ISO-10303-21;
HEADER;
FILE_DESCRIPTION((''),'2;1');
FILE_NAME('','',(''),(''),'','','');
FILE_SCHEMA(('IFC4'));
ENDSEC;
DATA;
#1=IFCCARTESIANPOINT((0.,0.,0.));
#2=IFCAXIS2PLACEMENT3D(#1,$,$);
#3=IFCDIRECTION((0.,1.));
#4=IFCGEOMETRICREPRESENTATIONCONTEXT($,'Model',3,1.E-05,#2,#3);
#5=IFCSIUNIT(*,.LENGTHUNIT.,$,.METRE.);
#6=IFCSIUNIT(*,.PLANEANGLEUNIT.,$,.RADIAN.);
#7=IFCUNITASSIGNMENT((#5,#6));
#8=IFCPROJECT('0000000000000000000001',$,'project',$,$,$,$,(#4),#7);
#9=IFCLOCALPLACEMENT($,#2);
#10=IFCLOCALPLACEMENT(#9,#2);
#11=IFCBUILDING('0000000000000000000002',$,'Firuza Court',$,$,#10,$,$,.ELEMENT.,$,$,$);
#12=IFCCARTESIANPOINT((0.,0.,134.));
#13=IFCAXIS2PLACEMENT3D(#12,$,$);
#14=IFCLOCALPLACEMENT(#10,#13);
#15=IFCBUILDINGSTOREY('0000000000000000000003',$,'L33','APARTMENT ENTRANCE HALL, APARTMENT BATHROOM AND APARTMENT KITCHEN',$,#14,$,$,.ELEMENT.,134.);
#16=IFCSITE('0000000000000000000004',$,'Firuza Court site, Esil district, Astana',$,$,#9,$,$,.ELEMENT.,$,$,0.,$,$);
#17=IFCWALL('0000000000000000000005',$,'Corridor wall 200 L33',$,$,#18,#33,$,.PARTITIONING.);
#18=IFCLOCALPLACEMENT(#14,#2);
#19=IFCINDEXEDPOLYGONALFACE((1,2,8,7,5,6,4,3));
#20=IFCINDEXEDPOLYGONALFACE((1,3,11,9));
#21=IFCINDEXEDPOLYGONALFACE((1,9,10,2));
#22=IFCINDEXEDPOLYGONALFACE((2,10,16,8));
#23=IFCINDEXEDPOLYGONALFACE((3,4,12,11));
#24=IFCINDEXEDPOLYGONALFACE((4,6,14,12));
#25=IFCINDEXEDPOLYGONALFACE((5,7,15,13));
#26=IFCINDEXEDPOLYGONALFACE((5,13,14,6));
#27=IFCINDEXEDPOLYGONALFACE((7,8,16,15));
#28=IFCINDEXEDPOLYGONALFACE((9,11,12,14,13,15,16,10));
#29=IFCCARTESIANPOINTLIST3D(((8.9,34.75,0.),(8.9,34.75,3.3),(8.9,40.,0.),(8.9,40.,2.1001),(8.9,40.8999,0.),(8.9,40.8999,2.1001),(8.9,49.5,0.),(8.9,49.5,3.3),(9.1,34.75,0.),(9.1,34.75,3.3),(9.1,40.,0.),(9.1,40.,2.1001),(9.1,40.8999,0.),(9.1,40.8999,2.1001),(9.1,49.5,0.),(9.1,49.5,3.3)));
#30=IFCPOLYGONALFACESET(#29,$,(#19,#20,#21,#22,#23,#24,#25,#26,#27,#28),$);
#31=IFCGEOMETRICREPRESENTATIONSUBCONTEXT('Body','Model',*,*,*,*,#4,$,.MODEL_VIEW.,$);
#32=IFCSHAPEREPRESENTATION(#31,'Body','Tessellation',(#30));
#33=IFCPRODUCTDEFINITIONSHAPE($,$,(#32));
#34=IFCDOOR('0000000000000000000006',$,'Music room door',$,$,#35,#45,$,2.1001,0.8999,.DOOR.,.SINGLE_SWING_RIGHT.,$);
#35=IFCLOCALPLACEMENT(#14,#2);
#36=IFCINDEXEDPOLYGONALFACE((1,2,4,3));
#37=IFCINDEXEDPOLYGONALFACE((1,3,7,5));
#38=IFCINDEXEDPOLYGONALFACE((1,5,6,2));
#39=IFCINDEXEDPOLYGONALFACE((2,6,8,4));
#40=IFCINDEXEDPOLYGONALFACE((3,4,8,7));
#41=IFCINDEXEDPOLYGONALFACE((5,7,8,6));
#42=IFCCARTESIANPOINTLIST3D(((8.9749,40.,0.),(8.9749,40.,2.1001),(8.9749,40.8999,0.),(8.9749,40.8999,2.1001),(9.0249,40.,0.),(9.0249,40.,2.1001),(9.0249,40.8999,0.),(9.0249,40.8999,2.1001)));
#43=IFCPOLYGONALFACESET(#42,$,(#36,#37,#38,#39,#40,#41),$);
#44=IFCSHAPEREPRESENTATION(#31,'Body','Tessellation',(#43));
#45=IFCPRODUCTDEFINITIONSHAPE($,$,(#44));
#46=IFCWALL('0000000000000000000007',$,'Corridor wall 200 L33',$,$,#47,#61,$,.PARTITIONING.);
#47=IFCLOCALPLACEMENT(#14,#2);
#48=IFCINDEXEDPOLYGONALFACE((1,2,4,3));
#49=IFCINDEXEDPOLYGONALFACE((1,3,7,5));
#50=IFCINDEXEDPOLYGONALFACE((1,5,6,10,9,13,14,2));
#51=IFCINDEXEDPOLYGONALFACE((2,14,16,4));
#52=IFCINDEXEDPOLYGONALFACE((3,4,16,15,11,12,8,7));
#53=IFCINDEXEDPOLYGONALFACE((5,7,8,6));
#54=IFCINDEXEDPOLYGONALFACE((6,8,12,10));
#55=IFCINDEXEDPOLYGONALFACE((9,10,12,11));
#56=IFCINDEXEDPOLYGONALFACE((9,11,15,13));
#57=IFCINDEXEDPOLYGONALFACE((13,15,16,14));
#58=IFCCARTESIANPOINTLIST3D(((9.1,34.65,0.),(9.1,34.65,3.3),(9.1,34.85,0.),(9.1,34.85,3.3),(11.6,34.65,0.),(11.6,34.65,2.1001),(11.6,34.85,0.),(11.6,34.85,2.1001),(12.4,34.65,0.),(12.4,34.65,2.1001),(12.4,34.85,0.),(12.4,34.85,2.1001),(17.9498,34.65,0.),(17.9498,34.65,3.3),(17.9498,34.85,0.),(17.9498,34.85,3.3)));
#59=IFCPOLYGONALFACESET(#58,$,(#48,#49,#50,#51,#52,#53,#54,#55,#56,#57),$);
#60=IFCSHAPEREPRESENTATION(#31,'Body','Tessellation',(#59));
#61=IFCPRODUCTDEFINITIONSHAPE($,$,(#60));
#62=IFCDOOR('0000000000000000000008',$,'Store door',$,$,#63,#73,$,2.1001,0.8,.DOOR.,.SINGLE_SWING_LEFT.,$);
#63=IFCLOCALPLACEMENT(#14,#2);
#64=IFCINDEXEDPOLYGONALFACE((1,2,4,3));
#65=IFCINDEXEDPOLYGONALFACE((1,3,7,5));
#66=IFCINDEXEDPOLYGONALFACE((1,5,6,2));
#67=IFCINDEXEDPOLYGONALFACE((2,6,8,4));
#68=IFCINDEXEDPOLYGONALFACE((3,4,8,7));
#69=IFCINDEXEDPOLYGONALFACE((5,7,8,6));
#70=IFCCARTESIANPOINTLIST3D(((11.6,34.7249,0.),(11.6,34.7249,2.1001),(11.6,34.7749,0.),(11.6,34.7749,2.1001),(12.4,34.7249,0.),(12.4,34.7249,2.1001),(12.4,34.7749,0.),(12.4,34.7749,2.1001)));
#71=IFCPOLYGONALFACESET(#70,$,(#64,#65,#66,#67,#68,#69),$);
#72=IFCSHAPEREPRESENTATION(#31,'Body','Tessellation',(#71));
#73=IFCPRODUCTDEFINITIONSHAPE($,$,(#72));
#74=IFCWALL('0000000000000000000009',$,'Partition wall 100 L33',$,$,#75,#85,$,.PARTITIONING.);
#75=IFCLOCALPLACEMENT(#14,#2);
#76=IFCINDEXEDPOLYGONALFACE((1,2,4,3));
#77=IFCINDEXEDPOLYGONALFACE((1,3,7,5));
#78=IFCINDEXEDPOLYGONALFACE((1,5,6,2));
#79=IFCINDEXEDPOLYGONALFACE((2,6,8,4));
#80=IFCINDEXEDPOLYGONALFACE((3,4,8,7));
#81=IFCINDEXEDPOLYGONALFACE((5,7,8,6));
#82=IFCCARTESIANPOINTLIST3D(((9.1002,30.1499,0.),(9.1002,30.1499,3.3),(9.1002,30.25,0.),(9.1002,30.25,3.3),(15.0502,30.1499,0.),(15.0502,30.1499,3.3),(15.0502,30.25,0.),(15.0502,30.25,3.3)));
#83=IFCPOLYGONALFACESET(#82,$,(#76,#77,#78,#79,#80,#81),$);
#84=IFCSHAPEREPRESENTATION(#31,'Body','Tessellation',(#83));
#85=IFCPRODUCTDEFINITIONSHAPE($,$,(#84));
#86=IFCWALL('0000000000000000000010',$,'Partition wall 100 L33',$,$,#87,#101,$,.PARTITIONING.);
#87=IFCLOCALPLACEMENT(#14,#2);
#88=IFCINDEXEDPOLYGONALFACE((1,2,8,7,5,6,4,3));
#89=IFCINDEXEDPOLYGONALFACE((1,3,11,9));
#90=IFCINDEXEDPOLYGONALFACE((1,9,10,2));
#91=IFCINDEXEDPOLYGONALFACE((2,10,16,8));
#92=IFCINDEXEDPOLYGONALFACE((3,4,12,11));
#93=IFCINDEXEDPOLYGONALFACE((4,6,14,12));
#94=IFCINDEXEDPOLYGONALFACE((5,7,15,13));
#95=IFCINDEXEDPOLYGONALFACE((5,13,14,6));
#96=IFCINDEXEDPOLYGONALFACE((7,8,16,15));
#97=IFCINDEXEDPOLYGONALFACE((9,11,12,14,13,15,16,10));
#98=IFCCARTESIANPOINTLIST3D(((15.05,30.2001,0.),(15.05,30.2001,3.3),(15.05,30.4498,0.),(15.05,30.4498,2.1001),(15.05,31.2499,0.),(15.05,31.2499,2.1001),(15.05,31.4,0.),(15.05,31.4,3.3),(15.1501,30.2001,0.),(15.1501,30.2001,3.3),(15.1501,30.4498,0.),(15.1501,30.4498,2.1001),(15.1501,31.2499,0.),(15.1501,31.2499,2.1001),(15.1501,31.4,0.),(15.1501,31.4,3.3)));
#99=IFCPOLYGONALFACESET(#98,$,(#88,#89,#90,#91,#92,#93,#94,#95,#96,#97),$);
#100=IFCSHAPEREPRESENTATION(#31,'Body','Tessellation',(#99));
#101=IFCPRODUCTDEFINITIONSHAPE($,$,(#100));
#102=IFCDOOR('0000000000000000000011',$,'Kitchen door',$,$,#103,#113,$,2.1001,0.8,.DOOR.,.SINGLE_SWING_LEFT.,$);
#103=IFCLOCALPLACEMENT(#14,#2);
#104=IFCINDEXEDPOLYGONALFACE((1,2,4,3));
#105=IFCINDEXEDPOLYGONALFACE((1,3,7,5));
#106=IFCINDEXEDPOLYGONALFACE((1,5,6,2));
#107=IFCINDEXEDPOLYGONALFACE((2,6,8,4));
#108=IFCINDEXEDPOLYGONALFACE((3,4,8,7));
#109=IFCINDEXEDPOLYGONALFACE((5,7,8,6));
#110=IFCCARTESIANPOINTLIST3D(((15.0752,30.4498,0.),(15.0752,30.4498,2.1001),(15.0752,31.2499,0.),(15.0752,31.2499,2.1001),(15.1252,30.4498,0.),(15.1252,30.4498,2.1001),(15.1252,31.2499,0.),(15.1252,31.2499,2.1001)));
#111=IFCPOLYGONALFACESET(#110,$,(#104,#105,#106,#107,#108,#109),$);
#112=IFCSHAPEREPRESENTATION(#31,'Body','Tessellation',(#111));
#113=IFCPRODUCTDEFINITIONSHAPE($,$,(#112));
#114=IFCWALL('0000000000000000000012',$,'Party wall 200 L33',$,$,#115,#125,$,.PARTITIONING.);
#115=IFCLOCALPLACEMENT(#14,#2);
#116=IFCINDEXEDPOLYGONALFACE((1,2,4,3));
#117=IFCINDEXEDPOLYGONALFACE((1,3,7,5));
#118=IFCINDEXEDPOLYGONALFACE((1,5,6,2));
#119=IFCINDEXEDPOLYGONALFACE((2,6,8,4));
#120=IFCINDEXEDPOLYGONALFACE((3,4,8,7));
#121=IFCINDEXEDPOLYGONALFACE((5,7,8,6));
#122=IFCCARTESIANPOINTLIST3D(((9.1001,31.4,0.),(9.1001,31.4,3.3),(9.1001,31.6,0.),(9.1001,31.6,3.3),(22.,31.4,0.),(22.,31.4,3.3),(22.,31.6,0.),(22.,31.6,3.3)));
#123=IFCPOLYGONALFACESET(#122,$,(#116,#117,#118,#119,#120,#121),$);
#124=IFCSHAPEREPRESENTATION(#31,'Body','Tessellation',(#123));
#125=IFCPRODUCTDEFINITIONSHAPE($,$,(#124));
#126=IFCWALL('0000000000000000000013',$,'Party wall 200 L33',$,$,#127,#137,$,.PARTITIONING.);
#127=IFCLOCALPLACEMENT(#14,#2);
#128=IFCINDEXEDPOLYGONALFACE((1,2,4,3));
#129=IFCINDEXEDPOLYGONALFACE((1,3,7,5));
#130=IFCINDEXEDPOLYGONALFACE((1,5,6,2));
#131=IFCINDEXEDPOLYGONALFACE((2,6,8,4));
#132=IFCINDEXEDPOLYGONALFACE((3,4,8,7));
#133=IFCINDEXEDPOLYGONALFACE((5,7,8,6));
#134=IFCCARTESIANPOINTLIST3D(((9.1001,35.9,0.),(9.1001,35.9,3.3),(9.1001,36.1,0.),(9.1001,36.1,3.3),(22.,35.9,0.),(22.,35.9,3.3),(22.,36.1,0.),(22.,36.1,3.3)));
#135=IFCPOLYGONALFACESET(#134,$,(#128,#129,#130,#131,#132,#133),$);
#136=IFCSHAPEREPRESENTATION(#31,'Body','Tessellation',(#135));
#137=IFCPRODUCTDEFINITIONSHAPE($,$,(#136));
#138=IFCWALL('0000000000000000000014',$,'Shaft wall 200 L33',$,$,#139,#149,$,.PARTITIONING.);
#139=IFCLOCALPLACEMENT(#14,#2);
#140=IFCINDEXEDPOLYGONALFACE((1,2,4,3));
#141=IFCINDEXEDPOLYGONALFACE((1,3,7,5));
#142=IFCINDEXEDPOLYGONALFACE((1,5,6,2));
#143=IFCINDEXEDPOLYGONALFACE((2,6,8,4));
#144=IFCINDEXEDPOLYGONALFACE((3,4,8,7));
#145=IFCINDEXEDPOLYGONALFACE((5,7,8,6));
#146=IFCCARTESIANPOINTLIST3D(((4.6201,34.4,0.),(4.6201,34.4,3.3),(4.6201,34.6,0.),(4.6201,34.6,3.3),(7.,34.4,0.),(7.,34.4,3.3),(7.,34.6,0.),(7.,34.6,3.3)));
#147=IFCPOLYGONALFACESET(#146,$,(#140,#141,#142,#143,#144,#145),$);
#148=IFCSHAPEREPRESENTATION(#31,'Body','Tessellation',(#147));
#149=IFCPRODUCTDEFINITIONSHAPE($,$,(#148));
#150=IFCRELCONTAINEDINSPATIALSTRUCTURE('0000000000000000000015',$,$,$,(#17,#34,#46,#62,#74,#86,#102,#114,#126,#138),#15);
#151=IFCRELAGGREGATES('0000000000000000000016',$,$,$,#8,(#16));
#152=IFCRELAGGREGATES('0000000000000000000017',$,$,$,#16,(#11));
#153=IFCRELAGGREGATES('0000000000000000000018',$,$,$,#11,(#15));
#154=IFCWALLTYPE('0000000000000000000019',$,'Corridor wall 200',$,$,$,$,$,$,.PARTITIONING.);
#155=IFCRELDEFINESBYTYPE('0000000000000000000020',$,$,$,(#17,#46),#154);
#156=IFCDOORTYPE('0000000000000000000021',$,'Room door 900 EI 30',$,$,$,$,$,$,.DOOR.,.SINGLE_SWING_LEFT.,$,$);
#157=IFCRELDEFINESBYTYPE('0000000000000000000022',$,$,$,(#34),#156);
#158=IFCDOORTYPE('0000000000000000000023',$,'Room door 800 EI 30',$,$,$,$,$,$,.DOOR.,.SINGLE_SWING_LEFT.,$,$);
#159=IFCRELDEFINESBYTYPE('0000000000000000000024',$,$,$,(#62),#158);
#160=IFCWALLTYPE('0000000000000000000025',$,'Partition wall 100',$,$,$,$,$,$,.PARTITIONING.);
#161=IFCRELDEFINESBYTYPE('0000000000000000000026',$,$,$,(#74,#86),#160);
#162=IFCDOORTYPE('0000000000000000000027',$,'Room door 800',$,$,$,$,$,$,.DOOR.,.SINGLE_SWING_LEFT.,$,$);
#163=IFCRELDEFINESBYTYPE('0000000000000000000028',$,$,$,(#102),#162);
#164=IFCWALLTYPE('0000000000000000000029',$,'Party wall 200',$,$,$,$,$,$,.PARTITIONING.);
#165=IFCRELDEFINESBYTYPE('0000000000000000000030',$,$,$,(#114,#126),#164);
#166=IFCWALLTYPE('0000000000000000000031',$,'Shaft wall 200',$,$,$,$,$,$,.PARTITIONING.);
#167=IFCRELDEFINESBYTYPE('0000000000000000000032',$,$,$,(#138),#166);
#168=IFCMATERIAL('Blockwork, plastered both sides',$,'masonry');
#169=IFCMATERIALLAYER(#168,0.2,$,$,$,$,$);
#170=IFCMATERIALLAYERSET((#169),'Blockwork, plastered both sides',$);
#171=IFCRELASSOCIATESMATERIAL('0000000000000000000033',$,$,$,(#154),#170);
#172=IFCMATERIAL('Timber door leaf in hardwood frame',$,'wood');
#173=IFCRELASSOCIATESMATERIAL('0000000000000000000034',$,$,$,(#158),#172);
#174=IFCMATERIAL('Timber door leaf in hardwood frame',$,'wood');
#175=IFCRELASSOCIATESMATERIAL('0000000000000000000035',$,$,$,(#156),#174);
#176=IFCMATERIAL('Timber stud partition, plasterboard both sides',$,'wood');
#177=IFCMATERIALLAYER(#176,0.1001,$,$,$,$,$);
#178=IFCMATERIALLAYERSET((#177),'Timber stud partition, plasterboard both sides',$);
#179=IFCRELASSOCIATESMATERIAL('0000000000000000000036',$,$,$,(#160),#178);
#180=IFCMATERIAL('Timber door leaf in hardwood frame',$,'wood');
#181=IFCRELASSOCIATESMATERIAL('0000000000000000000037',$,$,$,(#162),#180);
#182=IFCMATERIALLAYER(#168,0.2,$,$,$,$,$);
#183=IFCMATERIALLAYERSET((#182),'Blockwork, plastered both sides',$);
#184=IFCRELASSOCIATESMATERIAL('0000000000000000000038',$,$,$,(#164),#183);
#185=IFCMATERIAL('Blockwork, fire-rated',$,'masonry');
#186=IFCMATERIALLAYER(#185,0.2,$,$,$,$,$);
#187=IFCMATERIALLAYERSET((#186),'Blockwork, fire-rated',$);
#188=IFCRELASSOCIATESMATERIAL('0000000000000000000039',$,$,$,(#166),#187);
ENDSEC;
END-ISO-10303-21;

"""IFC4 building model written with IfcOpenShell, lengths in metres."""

from ifc_helpers import new_model, si_unit, direction, frame, frame_2d, origin, place, context, subcontext, project, spatial, rectangle, extrude, material, layer, layer_set, type_object, element, fill, save


model = new_model("IFC4")

# Units and contexts
model_context = context("Model", 3, precision=1e-05, world=origin(), true_north=direction((0.0, 1.0)))
body_context = subcontext(model_context, "Body", "Model", "MODEL_VIEW")
ifc_project = project(units=[si_unit("LENGTHUNIT", "METRE"), si_unit("PLANEANGLEUNIT", "RADIAN")], contexts=[model_context])

# Site, building, storey
site_placement = place(None, origin())
site = spatial("IfcSite", under=ifc_project, at=site_placement, Name="Firuza Court site, Esil district, Astana", CompositionType="ELEMENT", RefElevation=0.0)
building_placement = place(site_placement, origin())
building = spatial("IfcBuilding", under=site, at=building_placement, Name="Firuza Court", CompositionType="ELEMENT")
storey_placement = place(building_placement, frame((0.0, 0.0, 134.0)))
storey = spatial("IfcBuildingStorey", under=building, at=storey_placement, Name="L33", Description="APARTMENT ENTRANCE HALL, APARTMENT BATHROOM AND APARTMENT KITCHEN", CompositionType="ELEMENT", Elevation=134.0)

# Walls, openings, doors
ifc_material_1 = material(Name="Blockwork, plastered both sides", Category="masonry")
ifc_layer_1 = layer(ifc_material_1, 0.2)
ifc_layer_set_1 = layer_set([ifc_layer_1], Name="Blockwork, plastered both sides")
wall_type_1 = type_object("IfcWallType", Name="Corridor wall 200", PredefinedType="PARTITIONING", material=ifc_layer_set_1)
ifc_material_2 = material(Name="Timber door leaf in hardwood frame", Category="wood")
door_type_1 = type_object("IfcDoorType", Name="Room door 800 EI 30", OperationType="SINGLE_SWING_LEFT", PredefinedType="DOOR", material=ifc_material_2)
wall_1_placement = place(storey_placement, frame((9.0, 34.75, 0.0), z_axis=(0.0, 0.0, 1.0), x_axis=(0.0, 1.0, 0.0)))
wall_1 = element("IfcWall", 1, at=wall_1_placement, inside=storey, type_object=wall_type_1, Name="Corridor wall 200 L33", PredefinedType="PARTITIONING", context=body_context, shape_type="SweptSolid", body=[
    extrude(rectangle(XDim=14.75, YDim=0.2, at=frame_2d((7.375, 0.0))), origin(), (0.0, 0.0, 1.0), 3.3),
])
opening_1_placement = place(wall_1_placement, frame((5.25, 0.0, 0.0)))
opening_1 = element("IfcOpeningElement", 2, at=opening_1_placement, cuts=wall_1, PredefinedType="OPENING", context=body_context, shape_type="SweptSolid", body=[
    extrude(rectangle(XDim=0.8999, YDim=2.1001, at=frame_2d((0.45, 1.05))), frame((0.0, 0.1118, 0.0), z_axis=(0.0, -1.0, 0.0), x_axis=(1.0, 0.0, 0.0)), (0.0, 0.0, 1.0), 0.2239),
])
ifc_material_3 = material(Name="Timber door leaf in hardwood frame", Category="wood")
door_type_2 = type_object("IfcDoorType", Name="Room door 900 EI 30", OperationType="SINGLE_SWING_LEFT", PredefinedType="DOOR", material=ifc_material_3)
door_1_placement = place(opening_1_placement, frame((0.8999, 0.0, 0.0), z_axis=(0.0, 0.0, 1.0), x_axis=(-1.0, 0.0, 0.0)))
door_1 = element("IfcDoor", 3, at=door_1_placement, inside=storey, type_object=door_type_2, Name="Music room door", OperationType="SINGLE_SWING_RIGHT", OverallHeight=2.1001, OverallWidth=0.8999, PredefinedType="DOOR", context=body_context, shape_type="SweptSolid", body=[
    extrude(rectangle(XDim=0.8999, YDim=2.1001, at=frame_2d((0.45, 1.05))), frame((0.0, 0.0249, 0.0), z_axis=(0.0, -1.0, 0.0), x_axis=(1.0, 0.0, 0.0)), (0.0, 0.0, 1.0), 0.05),
])
fill(opening_1, door_1)
wall_2_placement = place(storey_placement, frame((9.1001, 34.75, 0.0), z_axis=(0.0, 0.0, 1.0), x_axis=(1.0, 0.0, 0.0)))
wall_2 = element("IfcWall", 4, at=wall_2_placement, inside=storey, type_object=wall_type_1, Name="Corridor wall 200 L33", PredefinedType="PARTITIONING", context=body_context, shape_type="SweptSolid", body=[
    extrude(rectangle(XDim=8.8499, YDim=0.2, at=frame_2d((4.4248, 0.0))), origin(), (0.0, 0.0, 1.0), 3.3),
])
opening_2_placement = place(wall_2_placement, frame((2.5, 0.0, 0.0)))
opening_2 = element("IfcOpeningElement", 5, at=opening_2_placement, cuts=wall_2, PredefinedType="OPENING", context=body_context, shape_type="SweptSolid", body=[
    extrude(rectangle(XDim=0.8, YDim=2.1001, at=frame_2d((0.3999, 1.05))), frame((0.0, 0.1118, 0.0), z_axis=(0.0, -1.0, 0.0), x_axis=(1.0, 0.0, 0.0)), (0.0, 0.0, 1.0), 0.2239),
])
door_2_placement = place(opening_2_placement, origin())
door_2 = element("IfcDoor", 6, at=door_2_placement, inside=storey, type_object=door_type_1, Name="Store door", OperationType="SINGLE_SWING_LEFT", OverallHeight=2.1001, OverallWidth=0.8, PredefinedType="DOOR", context=body_context, shape_type="SweptSolid", body=[
    extrude(rectangle(XDim=0.8, YDim=2.1001, at=frame_2d((0.3999, 1.05))), frame((0.0, 0.0249, 0.0), z_axis=(0.0, -1.0, 0.0), x_axis=(1.0, 0.0, 0.0)), (0.0, 0.0, 1.0), 0.05),
])
fill(opening_2, door_2)

# Wall
ifc_material_4 = material(Name="Timber stud partition, plasterboard both sides", Category="wood")
ifc_layer_2 = layer(ifc_material_4, 0.1001)
ifc_layer_set_2 = layer_set([ifc_layer_2], Name="Timber stud partition, plasterboard both sides")
wall_type_2 = type_object("IfcWallType", Name="Partition wall 100", PredefinedType="PARTITIONING", material=ifc_layer_set_2)
wall_3_placement = place(storey_placement, frame((9.1001, 30.2, 0.0), z_axis=(0.0, 0.0, 1.0), x_axis=(1.0, 0.0, 0.0)))
element("IfcWall", 7, at=wall_3_placement, inside=storey, type_object=wall_type_2, Name="Partition wall 100 L33", PredefinedType="PARTITIONING", context=body_context, shape_type="SweptSolid", body=[
    extrude(rectangle(XDim=5.95, YDim=0.1001, at=frame_2d((2.9751, 0.0))), origin(), (0.0, 0.0, 1.0), 3.3),
])

# Wall, opening, door
wall_4_placement = place(storey_placement, frame((15.1001, 30.2, 0.0), z_axis=(0.0, 0.0, 1.0), x_axis=(0.0, 1.0, 0.0)))
wall_4 = element("IfcWall", 8, at=wall_4_placement, inside=storey, type_object=wall_type_2, Name="Partition wall 100 L33", PredefinedType="PARTITIONING", context=body_context, shape_type="SweptSolid", body=[
    extrude(rectangle(XDim=1.2, YDim=0.1001, at=frame_2d((0.6001, 0.0))), origin(), (0.0, 0.0, 1.0), 3.3),
])
opening_3_placement = place(wall_4_placement, frame((0.25, 0.0, 0.0)))
opening_3 = element("IfcOpeningElement", 9, at=opening_3_placement, cuts=wall_4, PredefinedType="OPENING", context=body_context, shape_type="SweptSolid", body=[
    extrude(rectangle(XDim=0.8, YDim=2.1001, at=frame_2d((0.3999, 1.05))), frame((0.0, 0.062, 0.0), z_axis=(0.0, -1.0, 0.0), x_axis=(1.0, 0.0, 0.0)), (0.0, 0.0, 1.0), 0.124),
])
ifc_material_5 = material(Name="Timber door leaf in hardwood frame", Category="wood")
door_type_3 = type_object("IfcDoorType", Name="Room door 800", OperationType="SINGLE_SWING_LEFT", PredefinedType="DOOR", material=ifc_material_5)
door_3_placement = place(opening_3_placement, origin())
door_3 = element("IfcDoor", 10, at=door_3_placement, inside=storey, type_object=door_type_3, Name="Kitchen door", OperationType="SINGLE_SWING_LEFT", OverallHeight=2.1001, OverallWidth=0.8, PredefinedType="DOOR", context=body_context, shape_type="SweptSolid", body=[
    extrude(rectangle(XDim=0.8, YDim=2.1001, at=frame_2d((0.3999, 1.05))), frame((0.0, 0.0249, 0.0), z_axis=(0.0, -1.0, 0.0), x_axis=(1.0, 0.0, 0.0)), (0.0, 0.0, 1.0), 0.05),
])
fill(opening_3, door_3)

# Walls
ifc_layer_3 = layer(ifc_material_1, 0.2)
ifc_layer_set_3 = layer_set([ifc_layer_3], Name="Blockwork, plastered both sides")
wall_type_3 = type_object("IfcWallType", Name="Party wall 200", PredefinedType="PARTITIONING", material=ifc_layer_set_3)
for number, where, z_axis, x_axis, name in (
    (11, (9.1001, 31.5, 0.0), (0.0, 0.0, 1.0), (1.0, 0.0, 0.0), "Party wall 200 L33"),
    (12, (9.1001, 36.0, 0.0), (0.0, 0.0, 1.0), (1.0, 0.0, 0.0), "Party wall 200 L33"),
):
    element("IfcWall", number, at=place(storey_placement, frame(where, z_axis=z_axis, x_axis=x_axis)), inside=storey, type_object=wall_type_3, Name=name, PredefinedType="PARTITIONING", context=body_context, shape_type="SweptSolid", body=[
        extrude(rectangle(XDim=12.8999, YDim=0.2, at=frame_2d((6.45, 0.0))), origin(), (0.0, 0.0, 1.0), 3.3),
    ])
ifc_material_6 = material(Name="Blockwork, fire-rated", Category="masonry")
ifc_layer_4 = layer(ifc_material_6, 0.2)
ifc_layer_set_4 = layer_set([ifc_layer_4], Name="Blockwork, fire-rated")
wall_type_4 = type_object("IfcWallType", Name="Shaft wall 200", PredefinedType="PARTITIONING", material=ifc_layer_set_4)
wall_5_placement = place(storey_placement, frame((4.6201, 34.5, 0.0), z_axis=(0.0, 0.0, 1.0), x_axis=(1.0, 0.0, 0.0)))
element("IfcWall", 13, at=wall_5_placement, inside=storey, type_object=wall_type_4, Name="Shaft wall 200 L33", PredefinedType="PARTITIONING", context=body_context, shape_type="SweptSolid", body=[
    extrude(rectangle(XDim=2.3799, YDim=0.2, at=frame_2d((1.1899, 0.0))), origin(), (0.0, 0.0, 1.0), 3.3),
])

save(model, "model.ifc")
